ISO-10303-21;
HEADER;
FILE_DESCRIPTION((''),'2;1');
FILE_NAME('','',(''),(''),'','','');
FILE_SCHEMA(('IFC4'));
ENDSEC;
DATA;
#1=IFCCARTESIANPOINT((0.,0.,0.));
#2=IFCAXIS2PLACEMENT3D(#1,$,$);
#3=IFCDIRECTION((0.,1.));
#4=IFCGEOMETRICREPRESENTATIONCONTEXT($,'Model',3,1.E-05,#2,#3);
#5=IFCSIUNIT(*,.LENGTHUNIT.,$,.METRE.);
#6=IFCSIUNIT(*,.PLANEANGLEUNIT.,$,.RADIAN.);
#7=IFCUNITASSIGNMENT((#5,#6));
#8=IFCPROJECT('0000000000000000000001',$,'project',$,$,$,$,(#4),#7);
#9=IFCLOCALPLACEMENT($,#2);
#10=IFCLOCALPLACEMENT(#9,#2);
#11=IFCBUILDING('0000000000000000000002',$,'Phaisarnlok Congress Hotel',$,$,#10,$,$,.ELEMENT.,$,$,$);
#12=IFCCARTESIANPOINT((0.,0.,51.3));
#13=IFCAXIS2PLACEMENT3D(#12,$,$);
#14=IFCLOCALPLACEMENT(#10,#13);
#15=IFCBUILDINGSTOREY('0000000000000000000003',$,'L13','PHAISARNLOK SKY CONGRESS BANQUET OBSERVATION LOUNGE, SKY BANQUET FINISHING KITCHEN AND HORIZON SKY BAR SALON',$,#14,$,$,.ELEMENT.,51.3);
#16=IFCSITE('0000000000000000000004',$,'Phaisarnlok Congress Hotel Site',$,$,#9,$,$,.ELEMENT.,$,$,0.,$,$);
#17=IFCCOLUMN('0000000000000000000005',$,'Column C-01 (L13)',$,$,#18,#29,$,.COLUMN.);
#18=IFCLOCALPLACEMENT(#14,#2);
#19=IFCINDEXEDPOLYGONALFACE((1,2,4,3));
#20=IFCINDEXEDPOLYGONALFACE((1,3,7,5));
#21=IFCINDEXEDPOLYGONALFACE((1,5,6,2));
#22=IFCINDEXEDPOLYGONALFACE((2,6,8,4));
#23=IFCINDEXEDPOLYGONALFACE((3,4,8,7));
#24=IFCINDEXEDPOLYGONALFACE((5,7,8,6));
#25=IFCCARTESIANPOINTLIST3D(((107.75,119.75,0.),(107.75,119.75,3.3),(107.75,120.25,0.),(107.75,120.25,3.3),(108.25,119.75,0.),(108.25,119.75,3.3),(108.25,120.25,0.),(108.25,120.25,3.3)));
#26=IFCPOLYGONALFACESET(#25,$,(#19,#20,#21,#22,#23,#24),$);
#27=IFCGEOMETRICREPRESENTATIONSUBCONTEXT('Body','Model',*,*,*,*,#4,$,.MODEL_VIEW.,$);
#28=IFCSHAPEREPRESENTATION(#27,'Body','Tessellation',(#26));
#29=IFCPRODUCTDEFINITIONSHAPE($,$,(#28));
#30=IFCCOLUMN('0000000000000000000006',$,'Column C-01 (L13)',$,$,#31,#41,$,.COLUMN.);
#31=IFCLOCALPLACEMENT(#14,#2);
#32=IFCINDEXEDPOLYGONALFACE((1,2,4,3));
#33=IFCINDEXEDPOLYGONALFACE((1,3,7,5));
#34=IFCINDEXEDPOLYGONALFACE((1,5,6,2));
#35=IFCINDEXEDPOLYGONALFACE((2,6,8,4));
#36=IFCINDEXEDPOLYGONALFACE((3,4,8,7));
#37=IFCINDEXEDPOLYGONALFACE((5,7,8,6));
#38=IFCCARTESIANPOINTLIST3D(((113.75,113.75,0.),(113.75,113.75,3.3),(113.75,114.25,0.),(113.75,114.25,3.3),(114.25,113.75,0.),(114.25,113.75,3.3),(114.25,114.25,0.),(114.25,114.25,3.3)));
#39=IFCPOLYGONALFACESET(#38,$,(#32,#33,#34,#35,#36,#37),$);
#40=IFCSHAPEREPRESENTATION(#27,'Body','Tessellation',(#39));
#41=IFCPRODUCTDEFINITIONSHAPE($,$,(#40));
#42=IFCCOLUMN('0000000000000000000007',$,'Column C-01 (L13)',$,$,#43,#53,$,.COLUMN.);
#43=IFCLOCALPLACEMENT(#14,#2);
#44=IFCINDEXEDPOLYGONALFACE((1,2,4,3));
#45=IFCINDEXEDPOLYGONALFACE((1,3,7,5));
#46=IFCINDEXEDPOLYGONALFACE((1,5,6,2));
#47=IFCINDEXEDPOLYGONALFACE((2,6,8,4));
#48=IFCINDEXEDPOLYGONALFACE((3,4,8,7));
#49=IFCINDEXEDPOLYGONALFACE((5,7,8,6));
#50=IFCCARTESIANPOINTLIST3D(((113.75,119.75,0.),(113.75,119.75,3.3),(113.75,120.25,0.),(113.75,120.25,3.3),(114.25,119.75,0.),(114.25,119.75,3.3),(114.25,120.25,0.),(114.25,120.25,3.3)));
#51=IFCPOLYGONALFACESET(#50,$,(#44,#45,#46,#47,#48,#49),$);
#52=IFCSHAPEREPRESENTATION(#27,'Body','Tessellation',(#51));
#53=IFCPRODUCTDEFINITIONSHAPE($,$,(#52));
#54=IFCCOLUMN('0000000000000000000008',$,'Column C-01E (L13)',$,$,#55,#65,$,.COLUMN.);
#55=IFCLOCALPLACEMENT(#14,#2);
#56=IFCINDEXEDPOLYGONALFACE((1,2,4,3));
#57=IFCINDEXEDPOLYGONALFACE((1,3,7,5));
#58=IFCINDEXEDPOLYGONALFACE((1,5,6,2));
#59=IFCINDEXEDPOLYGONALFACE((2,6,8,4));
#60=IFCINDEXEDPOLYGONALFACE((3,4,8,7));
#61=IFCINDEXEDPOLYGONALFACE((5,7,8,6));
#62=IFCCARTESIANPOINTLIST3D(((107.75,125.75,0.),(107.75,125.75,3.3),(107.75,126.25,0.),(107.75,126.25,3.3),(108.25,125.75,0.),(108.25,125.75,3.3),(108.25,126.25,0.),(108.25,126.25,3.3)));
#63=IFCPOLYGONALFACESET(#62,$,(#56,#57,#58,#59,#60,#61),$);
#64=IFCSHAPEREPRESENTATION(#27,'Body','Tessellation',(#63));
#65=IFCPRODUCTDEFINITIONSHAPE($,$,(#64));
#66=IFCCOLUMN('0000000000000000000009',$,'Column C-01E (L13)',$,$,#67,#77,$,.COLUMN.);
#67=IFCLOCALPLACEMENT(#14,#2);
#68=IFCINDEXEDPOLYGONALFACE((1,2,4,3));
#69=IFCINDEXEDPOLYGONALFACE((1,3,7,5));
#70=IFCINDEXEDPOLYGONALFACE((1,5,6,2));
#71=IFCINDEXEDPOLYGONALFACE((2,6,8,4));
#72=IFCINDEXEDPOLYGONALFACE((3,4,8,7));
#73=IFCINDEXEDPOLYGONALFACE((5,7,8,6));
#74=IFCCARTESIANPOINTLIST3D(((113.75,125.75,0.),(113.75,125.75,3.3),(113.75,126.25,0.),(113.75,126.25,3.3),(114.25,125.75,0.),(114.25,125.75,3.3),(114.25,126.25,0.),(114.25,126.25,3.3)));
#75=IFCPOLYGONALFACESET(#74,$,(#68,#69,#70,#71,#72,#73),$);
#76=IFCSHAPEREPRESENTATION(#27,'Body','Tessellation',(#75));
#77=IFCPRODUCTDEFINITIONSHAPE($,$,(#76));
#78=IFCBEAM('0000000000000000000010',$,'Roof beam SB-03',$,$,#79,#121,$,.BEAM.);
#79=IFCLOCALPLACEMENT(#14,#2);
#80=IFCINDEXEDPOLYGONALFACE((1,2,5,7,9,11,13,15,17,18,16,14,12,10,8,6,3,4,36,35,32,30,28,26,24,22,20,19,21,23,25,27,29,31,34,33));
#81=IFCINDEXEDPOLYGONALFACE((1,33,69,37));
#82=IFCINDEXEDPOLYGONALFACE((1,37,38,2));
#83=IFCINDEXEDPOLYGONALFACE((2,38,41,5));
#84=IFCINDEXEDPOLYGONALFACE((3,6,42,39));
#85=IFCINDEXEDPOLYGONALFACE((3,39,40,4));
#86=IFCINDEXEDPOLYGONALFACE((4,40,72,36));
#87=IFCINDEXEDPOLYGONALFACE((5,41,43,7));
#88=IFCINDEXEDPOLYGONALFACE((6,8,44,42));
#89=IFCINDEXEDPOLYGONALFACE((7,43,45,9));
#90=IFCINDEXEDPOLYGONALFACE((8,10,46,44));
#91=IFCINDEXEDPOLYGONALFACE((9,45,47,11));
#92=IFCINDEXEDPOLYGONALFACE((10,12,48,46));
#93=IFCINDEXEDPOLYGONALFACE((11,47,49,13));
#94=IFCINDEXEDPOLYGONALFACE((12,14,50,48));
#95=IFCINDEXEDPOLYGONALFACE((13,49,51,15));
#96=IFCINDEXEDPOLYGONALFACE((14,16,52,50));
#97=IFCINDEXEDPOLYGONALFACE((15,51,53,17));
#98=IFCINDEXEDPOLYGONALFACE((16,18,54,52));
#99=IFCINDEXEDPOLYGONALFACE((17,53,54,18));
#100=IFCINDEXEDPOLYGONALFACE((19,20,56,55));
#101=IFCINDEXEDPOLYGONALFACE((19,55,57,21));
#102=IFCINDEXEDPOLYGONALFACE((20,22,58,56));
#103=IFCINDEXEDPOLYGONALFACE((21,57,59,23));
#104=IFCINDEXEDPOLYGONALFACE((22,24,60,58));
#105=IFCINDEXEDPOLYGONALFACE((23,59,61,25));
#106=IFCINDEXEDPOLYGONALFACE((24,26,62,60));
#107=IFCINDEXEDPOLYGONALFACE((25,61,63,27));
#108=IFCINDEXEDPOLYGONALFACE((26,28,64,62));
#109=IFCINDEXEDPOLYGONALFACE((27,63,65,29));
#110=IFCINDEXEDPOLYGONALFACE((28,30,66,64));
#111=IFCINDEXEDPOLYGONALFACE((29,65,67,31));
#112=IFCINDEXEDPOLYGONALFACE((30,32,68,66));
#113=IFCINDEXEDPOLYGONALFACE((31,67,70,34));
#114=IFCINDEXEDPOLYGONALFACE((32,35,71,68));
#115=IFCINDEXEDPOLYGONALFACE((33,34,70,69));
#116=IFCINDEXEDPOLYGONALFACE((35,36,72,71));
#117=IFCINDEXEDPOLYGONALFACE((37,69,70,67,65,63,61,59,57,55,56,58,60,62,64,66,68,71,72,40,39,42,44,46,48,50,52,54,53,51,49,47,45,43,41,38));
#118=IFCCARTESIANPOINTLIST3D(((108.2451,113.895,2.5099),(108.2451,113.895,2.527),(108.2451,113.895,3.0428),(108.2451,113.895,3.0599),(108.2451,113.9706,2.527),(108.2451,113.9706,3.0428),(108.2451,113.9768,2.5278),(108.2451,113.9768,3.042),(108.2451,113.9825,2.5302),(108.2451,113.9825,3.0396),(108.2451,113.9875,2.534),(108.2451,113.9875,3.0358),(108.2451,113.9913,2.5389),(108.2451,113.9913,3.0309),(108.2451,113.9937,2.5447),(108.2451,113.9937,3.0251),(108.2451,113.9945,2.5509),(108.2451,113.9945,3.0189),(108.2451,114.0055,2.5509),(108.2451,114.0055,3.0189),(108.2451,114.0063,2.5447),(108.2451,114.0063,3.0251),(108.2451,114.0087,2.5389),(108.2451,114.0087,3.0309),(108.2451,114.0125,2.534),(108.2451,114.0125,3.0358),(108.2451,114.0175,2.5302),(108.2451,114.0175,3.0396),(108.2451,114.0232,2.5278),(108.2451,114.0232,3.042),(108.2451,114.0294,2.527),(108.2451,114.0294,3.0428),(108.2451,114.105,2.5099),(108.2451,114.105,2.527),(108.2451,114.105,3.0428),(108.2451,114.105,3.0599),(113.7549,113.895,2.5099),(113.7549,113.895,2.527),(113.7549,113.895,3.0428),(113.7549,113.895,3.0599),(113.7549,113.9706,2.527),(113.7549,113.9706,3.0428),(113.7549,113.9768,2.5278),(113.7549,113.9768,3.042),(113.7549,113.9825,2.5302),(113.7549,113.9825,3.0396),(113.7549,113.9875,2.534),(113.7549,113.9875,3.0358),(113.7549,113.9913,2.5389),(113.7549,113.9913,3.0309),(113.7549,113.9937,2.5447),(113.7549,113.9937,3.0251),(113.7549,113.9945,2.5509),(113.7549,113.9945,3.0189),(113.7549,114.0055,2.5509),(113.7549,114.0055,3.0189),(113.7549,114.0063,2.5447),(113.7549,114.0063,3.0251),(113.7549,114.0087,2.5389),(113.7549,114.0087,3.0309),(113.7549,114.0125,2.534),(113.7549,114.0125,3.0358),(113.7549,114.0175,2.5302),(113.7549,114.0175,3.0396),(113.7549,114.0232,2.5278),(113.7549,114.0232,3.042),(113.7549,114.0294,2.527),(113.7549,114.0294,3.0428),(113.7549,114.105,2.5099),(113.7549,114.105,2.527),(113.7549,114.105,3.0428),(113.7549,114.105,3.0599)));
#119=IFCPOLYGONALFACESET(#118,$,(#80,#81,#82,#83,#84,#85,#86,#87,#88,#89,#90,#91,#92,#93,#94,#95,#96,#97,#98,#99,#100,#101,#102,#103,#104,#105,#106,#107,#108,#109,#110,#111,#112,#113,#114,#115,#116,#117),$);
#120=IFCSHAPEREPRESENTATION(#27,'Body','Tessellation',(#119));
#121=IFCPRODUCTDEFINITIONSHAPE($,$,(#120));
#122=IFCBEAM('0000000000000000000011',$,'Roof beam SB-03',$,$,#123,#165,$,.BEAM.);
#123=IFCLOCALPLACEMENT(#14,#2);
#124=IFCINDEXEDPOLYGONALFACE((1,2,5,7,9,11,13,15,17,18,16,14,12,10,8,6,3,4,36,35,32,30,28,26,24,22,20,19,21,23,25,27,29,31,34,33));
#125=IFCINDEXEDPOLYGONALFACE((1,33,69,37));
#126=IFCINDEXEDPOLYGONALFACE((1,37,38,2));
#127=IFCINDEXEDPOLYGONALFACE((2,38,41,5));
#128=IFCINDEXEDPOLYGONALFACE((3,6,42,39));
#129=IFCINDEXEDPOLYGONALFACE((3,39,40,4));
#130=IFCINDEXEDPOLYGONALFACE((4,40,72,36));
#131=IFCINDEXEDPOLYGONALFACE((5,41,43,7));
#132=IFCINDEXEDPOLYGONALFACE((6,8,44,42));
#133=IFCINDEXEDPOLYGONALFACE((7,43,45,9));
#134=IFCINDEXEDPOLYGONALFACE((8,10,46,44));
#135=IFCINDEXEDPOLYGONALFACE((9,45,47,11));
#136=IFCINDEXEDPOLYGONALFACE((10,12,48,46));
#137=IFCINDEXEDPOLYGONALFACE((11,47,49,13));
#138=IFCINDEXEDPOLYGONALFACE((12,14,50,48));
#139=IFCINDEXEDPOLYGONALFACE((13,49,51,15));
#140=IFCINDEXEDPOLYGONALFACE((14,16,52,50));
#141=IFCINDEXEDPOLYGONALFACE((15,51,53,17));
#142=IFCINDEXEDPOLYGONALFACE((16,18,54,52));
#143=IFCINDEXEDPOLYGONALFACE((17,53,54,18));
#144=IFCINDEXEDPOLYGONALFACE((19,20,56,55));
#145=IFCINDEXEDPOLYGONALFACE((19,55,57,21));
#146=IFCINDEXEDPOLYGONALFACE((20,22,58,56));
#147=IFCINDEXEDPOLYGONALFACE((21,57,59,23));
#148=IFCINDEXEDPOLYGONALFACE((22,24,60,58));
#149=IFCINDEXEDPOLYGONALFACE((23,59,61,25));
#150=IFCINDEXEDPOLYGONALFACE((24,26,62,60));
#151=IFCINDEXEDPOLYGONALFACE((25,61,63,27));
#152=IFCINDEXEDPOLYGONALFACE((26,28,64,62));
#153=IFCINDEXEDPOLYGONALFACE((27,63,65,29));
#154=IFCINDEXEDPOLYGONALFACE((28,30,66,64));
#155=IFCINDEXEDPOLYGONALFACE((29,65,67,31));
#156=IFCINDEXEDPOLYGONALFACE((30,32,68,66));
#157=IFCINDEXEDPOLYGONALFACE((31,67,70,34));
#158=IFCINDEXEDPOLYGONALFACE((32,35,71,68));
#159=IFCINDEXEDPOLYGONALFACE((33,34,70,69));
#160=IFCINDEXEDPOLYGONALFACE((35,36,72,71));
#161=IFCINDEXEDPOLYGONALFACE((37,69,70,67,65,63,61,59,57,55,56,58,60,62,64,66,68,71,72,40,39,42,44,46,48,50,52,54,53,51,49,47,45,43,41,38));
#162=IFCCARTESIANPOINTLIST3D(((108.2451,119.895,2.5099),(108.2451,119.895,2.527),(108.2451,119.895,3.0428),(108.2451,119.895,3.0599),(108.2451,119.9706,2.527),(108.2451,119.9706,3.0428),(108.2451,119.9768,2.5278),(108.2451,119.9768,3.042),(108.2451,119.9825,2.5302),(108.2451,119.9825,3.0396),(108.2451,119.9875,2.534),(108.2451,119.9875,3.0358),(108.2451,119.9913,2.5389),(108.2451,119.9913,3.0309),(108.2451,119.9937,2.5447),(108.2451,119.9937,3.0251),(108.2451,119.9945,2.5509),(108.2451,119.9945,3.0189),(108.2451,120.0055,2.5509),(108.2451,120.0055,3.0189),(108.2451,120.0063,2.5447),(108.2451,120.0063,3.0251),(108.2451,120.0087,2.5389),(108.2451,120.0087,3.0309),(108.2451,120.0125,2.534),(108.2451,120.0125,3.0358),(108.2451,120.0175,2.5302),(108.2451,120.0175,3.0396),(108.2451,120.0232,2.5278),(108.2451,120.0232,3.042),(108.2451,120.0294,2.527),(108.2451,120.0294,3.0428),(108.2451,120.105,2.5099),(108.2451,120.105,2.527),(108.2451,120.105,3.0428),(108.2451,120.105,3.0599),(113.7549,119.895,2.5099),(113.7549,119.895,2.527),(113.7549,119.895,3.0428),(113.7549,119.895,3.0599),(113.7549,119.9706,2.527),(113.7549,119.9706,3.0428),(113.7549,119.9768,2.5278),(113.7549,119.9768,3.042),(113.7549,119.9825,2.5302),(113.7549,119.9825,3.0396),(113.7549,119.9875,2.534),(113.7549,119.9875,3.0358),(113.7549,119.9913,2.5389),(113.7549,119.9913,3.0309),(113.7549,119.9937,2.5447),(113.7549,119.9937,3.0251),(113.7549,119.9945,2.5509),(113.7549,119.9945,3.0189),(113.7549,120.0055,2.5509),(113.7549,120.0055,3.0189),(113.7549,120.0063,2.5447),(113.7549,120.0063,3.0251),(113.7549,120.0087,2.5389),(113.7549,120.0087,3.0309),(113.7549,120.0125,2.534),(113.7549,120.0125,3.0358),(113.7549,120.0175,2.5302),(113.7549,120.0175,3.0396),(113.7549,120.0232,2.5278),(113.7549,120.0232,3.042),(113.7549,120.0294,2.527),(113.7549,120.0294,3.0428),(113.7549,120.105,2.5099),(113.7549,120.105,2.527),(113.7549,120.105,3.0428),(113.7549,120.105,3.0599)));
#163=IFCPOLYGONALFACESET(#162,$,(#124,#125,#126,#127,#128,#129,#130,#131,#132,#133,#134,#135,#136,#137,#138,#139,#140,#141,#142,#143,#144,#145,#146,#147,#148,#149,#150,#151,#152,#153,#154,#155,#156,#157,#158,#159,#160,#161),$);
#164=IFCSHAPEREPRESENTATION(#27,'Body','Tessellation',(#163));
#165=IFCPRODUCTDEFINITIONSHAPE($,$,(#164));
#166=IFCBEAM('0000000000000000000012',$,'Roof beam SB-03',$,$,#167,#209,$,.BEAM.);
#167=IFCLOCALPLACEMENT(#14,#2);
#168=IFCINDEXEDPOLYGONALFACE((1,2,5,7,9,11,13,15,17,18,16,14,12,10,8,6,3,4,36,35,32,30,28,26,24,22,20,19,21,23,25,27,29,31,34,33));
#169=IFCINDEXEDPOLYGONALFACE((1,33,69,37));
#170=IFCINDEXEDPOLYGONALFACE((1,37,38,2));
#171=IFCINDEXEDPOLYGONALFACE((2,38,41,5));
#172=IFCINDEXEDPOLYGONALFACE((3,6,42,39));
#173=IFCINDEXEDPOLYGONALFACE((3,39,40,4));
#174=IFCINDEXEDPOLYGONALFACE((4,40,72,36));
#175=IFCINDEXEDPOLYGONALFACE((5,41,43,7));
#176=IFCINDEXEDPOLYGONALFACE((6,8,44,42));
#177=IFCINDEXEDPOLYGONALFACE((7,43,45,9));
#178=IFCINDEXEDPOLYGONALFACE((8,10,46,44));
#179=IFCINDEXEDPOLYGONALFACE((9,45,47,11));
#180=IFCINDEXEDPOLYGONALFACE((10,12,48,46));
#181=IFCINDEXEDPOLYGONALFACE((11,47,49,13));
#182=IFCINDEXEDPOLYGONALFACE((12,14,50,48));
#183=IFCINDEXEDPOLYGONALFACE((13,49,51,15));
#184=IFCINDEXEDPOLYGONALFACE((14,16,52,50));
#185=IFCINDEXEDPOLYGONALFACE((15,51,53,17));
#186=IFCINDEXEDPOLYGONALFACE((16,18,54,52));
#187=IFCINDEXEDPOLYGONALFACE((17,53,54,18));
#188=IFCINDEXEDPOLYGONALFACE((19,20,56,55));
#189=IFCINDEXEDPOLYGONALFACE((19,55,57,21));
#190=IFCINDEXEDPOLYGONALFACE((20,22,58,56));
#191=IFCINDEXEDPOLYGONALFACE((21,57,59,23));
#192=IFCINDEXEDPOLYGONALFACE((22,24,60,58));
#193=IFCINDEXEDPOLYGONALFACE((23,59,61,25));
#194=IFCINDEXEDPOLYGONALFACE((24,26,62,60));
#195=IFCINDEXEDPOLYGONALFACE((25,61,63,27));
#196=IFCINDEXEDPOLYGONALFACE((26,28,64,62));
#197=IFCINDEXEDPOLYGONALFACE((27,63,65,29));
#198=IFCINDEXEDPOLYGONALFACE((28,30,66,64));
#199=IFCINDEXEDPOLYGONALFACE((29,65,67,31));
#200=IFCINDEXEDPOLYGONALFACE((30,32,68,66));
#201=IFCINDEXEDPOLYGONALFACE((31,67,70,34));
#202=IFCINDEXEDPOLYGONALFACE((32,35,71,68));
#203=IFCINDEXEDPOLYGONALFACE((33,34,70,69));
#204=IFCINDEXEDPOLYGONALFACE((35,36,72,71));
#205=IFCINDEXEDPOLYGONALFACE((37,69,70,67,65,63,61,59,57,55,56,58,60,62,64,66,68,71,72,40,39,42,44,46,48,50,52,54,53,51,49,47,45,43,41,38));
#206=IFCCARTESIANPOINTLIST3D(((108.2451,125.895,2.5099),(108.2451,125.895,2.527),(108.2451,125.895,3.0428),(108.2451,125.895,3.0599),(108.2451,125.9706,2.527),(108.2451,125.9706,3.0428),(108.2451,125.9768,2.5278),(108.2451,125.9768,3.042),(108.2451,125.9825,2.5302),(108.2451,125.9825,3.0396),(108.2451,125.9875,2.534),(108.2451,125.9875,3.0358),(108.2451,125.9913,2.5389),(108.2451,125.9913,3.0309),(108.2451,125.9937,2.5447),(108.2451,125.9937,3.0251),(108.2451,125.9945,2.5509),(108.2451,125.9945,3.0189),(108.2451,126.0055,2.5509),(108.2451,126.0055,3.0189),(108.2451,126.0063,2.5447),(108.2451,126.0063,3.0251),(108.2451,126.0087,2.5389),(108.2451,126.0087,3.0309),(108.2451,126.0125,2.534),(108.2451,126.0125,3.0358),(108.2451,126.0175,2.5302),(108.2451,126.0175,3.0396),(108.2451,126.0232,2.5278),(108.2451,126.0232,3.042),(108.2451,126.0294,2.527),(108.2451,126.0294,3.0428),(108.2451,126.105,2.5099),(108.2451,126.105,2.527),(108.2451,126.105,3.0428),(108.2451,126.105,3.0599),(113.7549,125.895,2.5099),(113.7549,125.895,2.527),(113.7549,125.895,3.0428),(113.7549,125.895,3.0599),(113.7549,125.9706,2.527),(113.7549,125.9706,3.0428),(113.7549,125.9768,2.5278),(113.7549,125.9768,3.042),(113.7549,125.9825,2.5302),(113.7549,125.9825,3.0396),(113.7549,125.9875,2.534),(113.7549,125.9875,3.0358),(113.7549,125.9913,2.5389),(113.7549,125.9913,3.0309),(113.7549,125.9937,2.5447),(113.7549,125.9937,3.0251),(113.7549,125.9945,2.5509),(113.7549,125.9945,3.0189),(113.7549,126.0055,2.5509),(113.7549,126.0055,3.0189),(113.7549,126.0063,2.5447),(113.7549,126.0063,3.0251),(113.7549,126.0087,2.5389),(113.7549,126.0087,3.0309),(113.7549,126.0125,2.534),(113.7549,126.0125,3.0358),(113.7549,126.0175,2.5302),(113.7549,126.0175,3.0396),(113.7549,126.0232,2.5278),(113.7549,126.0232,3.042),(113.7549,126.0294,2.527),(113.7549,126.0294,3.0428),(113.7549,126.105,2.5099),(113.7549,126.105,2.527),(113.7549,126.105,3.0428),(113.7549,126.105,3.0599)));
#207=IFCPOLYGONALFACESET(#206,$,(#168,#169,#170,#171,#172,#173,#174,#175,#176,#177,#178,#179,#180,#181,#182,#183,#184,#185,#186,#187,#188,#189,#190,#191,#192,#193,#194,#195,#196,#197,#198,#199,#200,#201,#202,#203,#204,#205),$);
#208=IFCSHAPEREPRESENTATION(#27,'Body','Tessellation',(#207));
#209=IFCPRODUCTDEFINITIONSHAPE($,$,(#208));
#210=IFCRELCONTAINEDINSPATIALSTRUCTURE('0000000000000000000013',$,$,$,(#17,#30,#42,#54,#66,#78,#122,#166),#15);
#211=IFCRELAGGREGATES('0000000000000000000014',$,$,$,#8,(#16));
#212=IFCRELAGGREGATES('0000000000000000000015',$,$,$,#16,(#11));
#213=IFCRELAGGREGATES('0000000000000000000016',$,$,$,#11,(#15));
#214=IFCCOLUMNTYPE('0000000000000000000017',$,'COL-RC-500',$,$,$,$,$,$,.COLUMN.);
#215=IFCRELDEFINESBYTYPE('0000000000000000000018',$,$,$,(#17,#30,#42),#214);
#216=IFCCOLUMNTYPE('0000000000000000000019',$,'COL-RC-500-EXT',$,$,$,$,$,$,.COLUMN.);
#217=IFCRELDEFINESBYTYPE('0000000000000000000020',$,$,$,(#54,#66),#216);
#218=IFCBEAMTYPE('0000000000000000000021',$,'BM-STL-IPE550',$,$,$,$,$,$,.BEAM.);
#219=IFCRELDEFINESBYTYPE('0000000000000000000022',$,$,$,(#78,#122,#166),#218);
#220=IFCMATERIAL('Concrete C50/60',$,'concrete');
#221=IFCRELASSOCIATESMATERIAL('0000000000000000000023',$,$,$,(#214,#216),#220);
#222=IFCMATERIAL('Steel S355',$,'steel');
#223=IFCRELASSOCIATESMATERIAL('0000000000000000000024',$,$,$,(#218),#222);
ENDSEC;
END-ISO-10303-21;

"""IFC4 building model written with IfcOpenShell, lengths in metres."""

from ifc_helpers import new_model, si_unit, direction, frame, origin, origin_2d, place, context, subcontext, project, spatial, rectangle, i_section, extrude, material, material_profile, profile_set, type_object, element, save


model = new_model("IFC4")

# Units and contexts
model_context = context("Model", 3, precision=1e-05, world=origin(), true_north=direction((0.0, 1.0)))
body_context = subcontext(model_context, "Body", "Model", "MODEL_VIEW")
ifc_project = project(units=[si_unit("LENGTHUNIT", "METRE"), si_unit("PLANEANGLEUNIT", "RADIAN")], contexts=[model_context])

# Site, building, storey
site_placement = place(None, origin())
site = spatial("IfcSite", under=ifc_project, at=site_placement, Name="Phaisarnlok Congress Hotel Site", CompositionType="ELEMENT", RefElevation=0.0)
building_placement = place(site_placement, origin())
building = spatial("IfcBuilding", under=site, at=building_placement, Name="Phaisarnlok Congress Hotel", CompositionType="ELEMENT")
storey_placement = place(building_placement, frame((0.0, 0.0, 51.3)))
storey = spatial("IfcBuildingStorey", under=building, at=storey_placement, Name="L13", Description="PHAISARNLOK SKY CONGRESS BANQUET OBSERVATION LOUNGE, SKY BANQUET FINISHING KITCHEN AND HORIZON SKY BAR SALON", CompositionType="ELEMENT", Elevation=51.3)

# Columns
ifc_material_1 = material(Name="Concrete C50/60", Category="concrete")
ifc_material_profile_1 = material_profile(ifc_material_1, rectangle(XDim=0.5, YDim=0.5, at=origin_2d()), Name="RC 500x500")
ifc_profile_set_1 = profile_set([ifc_material_profile_1], Name="Concrete C50/60")
column_type_1 = type_object("IfcColumnType", Name="COL-RC-500", PredefinedType="COLUMN", material=ifc_profile_set_1)
for number, where, z_axis, x_axis, name in (
    (1, (108.0, 120.0, 0.0), (0.0, 0.0, 1.0), (1.0, 0.0, 0.0), "Column C-01 (L13)"),
    (2, (114.0, 114.0, 0.0), (0.0, 0.0, 1.0), (1.0, 0.0, 0.0), "Column C-01 (L13)"),
    (3, (114.0, 120.0, 0.0), (0.0, 0.0, 1.0), (1.0, 0.0, 0.0), "Column C-01 (L13)"),
):
    element("IfcColumn", number, at=place(storey_placement, frame(where, z_axis=z_axis, x_axis=x_axis)), inside=storey, type_object=column_type_1, Name=name, PredefinedType="COLUMN", context=body_context, shape_type="SweptSolid", body=[
        extrude(rectangle(XDim=0.5, YDim=0.5, at=origin_2d()), origin(), (0.0, 0.0, 1.0), 3.3),
    ])
ifc_material_profile_2 = material_profile(ifc_material_1, rectangle(XDim=0.5, YDim=0.5, at=origin_2d()), Name="RC 500x500")
ifc_profile_set_2 = profile_set([ifc_material_profile_2], Name="Concrete C50/60")
column_type_2 = type_object("IfcColumnType", Name="COL-RC-500-EXT", PredefinedType="COLUMN", material=ifc_profile_set_2)
for number, where, z_axis, x_axis, name in (
    (4, (108.0, 126.0, 0.0), (0.0, 0.0, 1.0), (1.0, 0.0, 0.0), "Column C-01E (L13)"),
    (5, (114.0, 126.0, 0.0), (0.0, 0.0, 1.0), (1.0, 0.0, 0.0), "Column C-01E (L13)"),
):
    element("IfcColumn", number, at=place(storey_placement, frame(where, z_axis=z_axis, x_axis=x_axis)), inside=storey, type_object=column_type_2, Name=name, PredefinedType="COLUMN", context=body_context, shape_type="SweptSolid", body=[
        extrude(rectangle(XDim=0.5, YDim=0.5, at=origin_2d()), origin(), (0.0, 0.0, 1.0), 3.3),
    ])

# Beams
ifc_material_2 = material(Name="Steel S355", Category="steel")
ifc_material_profile_3 = material_profile(ifc_material_2, i_section(OverallWidth=0.21, OverallDepth=0.55, WebThickness=0.011, FlangeThickness=0.0171, FilletRadius=0.0239, at=origin_2d()), Name="IPE 550")
ifc_profile_set_3 = profile_set([ifc_material_profile_3], Name="Steel S355")
beam_type_1 = type_object("IfcBeamType", Name="BM-STL-IPE550", PredefinedType="BEAM", material=ifc_profile_set_3)
for number, where, z_axis, x_axis, name in (
    (6, (108.2451, 114.0, 2.7849), (1.0, 0.0, 0.0), (0.0, 1.0, 0.0), "Roof beam SB-03"),
    (7, (108.2451, 120.0, 2.7849), (1.0, 0.0, 0.0), (0.0, 1.0, 0.0), "Roof beam SB-03"),
    (8, (108.2451, 126.0, 2.7849), (1.0, 0.0, 0.0), (0.0, 1.0, 0.0), "Roof beam SB-03"),
):
    element("IfcBeam", number, at=place(storey_placement, frame(where, z_axis=z_axis, x_axis=x_axis)), inside=storey, type_object=beam_type_1, Name=name, PredefinedType="BEAM", context=body_context, shape_type="SweptSolid", body=[
        extrude(i_section(OverallWidth=0.21, OverallDepth=0.55, WebThickness=0.011, FlangeThickness=0.0171, FilletRadius=0.0239, at=origin_2d()), origin(), (0.0, 0.0, 1.0), 5.5098),
    ])

save(model, "model.ifc")
